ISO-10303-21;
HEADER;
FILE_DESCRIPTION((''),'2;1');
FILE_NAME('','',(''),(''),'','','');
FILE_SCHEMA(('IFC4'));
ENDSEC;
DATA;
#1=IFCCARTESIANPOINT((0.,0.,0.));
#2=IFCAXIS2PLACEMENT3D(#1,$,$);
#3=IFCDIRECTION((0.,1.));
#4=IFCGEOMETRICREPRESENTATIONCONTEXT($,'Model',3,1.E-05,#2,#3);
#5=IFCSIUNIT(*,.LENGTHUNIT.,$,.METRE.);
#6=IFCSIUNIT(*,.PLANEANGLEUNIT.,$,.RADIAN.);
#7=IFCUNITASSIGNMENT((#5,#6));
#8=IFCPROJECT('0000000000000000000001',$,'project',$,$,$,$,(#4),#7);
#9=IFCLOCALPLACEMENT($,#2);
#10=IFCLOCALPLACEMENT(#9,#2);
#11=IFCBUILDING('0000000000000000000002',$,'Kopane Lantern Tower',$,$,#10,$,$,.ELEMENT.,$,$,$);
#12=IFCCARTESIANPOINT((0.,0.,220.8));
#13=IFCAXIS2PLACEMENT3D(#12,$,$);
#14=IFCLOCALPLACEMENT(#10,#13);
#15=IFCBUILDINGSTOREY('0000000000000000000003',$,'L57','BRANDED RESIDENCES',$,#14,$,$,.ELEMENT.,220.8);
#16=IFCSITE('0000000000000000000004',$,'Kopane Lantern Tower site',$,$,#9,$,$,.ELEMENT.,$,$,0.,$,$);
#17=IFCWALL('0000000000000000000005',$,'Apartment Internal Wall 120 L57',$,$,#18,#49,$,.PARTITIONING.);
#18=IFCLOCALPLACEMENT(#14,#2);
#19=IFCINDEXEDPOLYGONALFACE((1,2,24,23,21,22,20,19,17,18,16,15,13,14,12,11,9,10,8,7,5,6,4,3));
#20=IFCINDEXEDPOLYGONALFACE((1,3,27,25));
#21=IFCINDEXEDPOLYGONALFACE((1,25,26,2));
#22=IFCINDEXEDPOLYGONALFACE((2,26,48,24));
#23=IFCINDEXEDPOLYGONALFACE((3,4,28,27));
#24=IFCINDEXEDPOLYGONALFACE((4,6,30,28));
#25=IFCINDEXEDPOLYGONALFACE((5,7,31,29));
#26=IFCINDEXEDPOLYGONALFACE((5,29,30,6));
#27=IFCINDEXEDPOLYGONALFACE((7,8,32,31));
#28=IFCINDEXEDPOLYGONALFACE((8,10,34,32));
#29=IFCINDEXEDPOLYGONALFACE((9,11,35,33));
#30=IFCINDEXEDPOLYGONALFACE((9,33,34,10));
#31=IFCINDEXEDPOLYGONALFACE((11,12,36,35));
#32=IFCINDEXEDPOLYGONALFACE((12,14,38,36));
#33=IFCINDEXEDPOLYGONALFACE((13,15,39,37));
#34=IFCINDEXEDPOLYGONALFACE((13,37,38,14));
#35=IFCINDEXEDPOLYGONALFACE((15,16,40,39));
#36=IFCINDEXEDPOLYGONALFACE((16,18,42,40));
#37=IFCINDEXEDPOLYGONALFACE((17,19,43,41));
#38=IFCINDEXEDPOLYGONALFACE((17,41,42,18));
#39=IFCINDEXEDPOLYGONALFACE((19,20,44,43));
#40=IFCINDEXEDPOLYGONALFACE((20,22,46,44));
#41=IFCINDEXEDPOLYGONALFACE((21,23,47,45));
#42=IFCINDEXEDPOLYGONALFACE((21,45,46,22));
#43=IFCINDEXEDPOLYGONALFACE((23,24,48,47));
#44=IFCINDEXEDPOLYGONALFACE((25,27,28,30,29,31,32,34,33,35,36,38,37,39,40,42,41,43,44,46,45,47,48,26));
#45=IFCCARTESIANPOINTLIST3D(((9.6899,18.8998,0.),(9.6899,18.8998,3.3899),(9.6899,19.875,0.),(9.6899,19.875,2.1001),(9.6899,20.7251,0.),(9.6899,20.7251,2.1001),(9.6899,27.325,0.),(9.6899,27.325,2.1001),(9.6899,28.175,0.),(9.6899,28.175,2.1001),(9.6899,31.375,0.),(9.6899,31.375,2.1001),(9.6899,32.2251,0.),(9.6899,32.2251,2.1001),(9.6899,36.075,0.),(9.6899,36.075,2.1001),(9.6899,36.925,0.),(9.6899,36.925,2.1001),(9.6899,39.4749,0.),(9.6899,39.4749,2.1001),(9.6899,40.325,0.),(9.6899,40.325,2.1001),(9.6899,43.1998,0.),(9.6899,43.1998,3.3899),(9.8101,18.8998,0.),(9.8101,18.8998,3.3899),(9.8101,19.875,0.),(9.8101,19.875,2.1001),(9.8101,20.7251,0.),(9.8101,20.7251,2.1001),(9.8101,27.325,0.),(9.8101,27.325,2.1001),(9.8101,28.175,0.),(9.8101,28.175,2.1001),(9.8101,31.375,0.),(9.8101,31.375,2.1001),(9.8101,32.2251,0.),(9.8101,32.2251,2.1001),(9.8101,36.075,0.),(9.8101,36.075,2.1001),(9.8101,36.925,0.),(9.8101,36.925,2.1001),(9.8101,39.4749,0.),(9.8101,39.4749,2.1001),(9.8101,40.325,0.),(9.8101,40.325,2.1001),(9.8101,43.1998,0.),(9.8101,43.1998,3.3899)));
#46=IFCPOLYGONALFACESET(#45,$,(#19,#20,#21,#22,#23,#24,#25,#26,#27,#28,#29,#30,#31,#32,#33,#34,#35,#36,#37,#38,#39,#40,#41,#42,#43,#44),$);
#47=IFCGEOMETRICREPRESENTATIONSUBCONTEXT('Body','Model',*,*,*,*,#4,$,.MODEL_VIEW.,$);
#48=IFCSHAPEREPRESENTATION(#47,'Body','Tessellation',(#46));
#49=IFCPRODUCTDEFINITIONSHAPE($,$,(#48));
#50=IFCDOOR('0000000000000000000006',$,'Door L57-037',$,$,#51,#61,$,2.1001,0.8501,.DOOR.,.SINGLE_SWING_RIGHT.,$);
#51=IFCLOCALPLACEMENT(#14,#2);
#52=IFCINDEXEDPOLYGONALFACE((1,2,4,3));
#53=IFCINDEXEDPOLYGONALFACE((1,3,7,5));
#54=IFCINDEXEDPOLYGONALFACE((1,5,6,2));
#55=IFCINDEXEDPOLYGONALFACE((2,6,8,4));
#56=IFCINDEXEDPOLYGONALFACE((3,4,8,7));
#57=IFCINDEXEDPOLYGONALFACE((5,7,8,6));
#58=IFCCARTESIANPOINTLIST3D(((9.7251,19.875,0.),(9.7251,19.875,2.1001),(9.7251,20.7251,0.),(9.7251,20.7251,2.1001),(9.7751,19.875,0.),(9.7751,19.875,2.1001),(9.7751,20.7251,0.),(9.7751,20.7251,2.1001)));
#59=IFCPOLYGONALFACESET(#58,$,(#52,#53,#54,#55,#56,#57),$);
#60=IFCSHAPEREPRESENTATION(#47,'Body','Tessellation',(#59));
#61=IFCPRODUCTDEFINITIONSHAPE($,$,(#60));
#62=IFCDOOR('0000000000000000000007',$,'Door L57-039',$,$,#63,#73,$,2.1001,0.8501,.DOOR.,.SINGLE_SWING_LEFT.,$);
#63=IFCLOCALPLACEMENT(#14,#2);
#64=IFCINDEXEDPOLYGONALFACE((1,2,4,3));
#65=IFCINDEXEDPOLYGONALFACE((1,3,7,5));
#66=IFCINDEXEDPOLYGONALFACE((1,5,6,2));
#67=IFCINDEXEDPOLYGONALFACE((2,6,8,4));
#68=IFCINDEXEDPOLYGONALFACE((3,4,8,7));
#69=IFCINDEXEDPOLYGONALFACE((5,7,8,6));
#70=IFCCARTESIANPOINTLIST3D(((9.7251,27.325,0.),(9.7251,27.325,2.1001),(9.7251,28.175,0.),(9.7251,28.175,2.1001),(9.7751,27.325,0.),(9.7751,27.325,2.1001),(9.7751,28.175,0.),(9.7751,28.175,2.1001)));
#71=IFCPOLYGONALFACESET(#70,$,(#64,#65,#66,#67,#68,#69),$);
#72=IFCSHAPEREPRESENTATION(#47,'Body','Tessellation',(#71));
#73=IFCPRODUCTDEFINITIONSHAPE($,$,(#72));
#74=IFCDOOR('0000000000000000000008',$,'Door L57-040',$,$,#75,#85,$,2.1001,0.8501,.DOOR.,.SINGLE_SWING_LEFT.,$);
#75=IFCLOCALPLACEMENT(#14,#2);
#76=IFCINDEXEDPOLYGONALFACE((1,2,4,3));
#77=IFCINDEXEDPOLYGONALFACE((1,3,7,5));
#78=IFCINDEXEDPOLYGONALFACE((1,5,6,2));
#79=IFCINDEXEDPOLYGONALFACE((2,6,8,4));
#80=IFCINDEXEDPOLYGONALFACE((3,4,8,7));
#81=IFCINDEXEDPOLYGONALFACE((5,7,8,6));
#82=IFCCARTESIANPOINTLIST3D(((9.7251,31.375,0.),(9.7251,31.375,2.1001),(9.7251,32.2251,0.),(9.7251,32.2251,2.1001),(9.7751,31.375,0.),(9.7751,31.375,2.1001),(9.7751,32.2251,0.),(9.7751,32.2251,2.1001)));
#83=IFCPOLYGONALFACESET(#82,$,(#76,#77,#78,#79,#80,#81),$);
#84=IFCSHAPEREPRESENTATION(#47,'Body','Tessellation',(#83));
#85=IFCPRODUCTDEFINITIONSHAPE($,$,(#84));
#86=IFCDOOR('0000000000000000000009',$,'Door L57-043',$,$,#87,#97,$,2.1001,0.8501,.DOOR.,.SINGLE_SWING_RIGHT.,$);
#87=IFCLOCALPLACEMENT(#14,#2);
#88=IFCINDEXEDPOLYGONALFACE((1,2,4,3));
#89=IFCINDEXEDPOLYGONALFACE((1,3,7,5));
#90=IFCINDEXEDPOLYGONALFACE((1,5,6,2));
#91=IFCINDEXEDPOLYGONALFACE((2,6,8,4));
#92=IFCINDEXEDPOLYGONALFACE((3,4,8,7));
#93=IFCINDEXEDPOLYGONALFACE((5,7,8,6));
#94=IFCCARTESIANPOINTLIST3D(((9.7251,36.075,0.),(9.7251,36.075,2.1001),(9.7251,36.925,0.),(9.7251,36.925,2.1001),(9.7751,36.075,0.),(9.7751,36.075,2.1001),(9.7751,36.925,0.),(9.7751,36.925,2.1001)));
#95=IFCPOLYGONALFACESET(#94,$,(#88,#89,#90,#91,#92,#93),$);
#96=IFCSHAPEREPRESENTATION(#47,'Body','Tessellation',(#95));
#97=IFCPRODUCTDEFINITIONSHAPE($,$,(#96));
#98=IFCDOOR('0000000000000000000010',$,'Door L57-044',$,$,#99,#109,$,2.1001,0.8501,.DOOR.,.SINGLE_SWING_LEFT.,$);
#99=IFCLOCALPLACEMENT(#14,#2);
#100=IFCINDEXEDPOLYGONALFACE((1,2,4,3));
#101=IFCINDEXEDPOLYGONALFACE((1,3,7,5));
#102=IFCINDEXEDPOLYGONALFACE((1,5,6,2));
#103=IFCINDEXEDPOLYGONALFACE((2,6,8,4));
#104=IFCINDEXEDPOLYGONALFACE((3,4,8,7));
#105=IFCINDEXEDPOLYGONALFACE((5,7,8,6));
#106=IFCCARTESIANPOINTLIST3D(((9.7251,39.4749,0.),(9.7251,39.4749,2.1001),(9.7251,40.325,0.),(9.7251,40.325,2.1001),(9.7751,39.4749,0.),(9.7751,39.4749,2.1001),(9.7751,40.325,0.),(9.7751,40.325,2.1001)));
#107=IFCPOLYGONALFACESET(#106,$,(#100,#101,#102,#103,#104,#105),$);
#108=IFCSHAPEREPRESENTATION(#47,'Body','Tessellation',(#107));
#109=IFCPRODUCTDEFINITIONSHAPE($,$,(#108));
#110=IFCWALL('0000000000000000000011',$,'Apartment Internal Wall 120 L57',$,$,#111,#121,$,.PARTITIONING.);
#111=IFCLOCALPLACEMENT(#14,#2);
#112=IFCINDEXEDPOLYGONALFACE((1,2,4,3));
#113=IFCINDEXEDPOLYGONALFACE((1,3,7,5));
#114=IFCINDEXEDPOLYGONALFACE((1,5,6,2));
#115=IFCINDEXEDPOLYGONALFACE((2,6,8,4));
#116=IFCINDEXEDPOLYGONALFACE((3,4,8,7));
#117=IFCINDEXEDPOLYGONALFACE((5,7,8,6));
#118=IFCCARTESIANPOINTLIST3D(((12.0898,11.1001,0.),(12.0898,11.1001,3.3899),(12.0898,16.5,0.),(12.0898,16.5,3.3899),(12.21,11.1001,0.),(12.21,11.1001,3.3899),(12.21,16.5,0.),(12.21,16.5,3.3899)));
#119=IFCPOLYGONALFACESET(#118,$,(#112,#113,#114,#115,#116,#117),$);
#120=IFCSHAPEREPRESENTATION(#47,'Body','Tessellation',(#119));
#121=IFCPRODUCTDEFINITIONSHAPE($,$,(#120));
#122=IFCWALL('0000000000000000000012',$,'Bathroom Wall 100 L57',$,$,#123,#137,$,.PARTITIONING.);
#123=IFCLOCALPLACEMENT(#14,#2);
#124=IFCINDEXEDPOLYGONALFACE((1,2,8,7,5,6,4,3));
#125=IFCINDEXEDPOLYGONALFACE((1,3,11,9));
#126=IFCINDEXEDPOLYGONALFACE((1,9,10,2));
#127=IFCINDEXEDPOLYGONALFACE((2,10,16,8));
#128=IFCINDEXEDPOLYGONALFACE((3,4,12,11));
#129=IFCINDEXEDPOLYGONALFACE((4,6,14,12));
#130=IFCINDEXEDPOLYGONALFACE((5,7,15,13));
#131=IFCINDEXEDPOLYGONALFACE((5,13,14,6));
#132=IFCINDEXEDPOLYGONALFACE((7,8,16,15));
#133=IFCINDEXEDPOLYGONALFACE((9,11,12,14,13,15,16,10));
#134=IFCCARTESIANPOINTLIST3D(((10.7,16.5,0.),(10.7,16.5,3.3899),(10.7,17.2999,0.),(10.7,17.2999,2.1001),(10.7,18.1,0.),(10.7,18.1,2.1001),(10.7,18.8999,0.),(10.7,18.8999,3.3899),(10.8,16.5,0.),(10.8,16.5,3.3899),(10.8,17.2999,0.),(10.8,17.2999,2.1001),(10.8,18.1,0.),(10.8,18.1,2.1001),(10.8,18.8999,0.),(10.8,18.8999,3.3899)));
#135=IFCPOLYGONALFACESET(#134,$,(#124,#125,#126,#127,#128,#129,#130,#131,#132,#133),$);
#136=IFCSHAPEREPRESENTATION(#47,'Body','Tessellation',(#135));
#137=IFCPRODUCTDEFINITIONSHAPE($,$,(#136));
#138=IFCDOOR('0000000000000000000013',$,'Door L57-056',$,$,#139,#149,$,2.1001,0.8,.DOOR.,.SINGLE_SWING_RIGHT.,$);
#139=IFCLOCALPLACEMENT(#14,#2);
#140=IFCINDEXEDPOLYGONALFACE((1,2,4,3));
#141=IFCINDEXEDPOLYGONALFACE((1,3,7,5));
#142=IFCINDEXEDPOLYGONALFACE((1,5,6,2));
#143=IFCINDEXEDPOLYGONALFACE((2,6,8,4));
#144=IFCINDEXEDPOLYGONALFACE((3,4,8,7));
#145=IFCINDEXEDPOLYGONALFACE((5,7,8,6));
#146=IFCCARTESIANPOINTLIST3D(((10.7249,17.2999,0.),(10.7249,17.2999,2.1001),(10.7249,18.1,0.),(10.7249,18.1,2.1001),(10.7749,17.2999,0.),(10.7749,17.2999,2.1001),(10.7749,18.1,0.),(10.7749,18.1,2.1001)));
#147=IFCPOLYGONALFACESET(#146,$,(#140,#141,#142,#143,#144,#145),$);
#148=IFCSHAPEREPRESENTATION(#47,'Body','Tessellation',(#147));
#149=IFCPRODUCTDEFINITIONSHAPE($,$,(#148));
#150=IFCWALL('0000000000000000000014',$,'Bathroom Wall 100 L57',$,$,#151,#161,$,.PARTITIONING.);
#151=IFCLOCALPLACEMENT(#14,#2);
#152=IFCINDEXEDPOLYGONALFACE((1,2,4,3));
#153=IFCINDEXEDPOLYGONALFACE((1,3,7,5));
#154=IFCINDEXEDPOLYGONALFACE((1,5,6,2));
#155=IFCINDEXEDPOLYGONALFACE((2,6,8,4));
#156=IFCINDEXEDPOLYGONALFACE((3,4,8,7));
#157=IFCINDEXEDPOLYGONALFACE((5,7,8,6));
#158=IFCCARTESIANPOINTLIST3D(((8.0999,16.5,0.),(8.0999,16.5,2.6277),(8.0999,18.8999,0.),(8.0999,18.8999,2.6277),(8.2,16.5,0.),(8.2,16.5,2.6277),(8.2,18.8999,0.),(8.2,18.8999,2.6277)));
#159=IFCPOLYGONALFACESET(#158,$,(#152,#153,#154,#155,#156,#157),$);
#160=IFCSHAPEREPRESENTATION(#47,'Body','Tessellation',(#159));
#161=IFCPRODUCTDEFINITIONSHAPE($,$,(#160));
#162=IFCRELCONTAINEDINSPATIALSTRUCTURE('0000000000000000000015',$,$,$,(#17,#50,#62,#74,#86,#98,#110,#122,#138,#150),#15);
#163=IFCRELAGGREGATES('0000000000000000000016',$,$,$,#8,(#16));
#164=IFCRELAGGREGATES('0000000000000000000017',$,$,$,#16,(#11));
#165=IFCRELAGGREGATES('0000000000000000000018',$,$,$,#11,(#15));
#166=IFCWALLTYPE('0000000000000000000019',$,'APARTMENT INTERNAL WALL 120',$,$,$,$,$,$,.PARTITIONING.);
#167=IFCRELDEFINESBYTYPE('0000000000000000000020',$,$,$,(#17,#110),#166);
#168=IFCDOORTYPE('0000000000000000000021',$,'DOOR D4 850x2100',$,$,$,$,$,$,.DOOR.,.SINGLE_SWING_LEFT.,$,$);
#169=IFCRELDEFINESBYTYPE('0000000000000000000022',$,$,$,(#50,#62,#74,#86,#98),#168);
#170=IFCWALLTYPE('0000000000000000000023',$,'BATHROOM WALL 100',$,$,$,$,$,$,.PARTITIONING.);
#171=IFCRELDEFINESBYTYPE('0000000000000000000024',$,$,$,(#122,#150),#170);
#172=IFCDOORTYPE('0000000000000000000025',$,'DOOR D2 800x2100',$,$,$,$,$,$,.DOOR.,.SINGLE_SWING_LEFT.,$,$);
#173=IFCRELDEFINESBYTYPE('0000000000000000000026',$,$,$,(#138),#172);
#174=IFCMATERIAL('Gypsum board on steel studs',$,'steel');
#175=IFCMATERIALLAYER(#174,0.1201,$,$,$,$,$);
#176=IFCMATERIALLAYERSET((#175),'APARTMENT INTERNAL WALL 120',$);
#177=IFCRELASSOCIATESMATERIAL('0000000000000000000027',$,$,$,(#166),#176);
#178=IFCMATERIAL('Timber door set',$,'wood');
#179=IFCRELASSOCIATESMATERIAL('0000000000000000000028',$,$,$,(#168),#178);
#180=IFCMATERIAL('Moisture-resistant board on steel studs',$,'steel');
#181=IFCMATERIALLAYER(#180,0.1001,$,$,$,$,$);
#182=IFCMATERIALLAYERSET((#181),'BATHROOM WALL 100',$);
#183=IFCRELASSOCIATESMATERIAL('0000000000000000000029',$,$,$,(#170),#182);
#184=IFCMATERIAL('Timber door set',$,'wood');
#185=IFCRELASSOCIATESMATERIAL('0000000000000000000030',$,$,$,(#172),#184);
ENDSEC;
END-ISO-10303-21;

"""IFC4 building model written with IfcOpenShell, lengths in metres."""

from ifc_helpers import new_model, si_unit, direction, frame, frame_2d, origin, place, context, subcontext, project, spatial, rectangle, extrude, material, layer, layer_set, type_object, element, fill, save


model = new_model("IFC4")

# Units and contexts
model_context = context("Model", 3, precision=1e-05, world=origin(), true_north=direction((0.0, 1.0)))
body_context = subcontext(model_context, "Body", "Model", "MODEL_VIEW")
ifc_project = project(units=[si_unit("LENGTHUNIT", "METRE"), si_unit("PLANEANGLEUNIT", "RADIAN")], contexts=[model_context])

# Site, building, storey
site_placement = place(None, origin())
site = spatial("IfcSite", under=ifc_project, at=site_placement, Name="Kopane Lantern Tower site", CompositionType="ELEMENT", RefElevation=0.0)
building_placement = place(site_placement, origin())
building = spatial("IfcBuilding", under=site, at=building_placement, Name="Kopane Lantern Tower", CompositionType="ELEMENT")
storey_placement = place(building_placement, frame((0.0, 0.0, 220.8)))
storey = spatial("IfcBuildingStorey", under=building, at=storey_placement, Name="L57", Description="BRANDED RESIDENCES", CompositionType="ELEMENT", Elevation=220.8)

# Wall, openings, doors
ifc_material_1 = material(Name="Gypsum board on steel studs", Category="steel")
ifc_layer_1 = layer(ifc_material_1, 0.1201)
ifc_layer_set_1 = layer_set([ifc_layer_1], Name="APARTMENT INTERNAL WALL 120")
wall_type_1 = type_object("IfcWallType", Name="APARTMENT INTERNAL WALL 120", PredefinedType="PARTITIONING", material=ifc_layer_set_1)
wall_1_placement = place(storey_placement, frame((9.75, 18.8999, 0.0), z_axis=(0.0, 0.0, 1.0), x_axis=(0.0, 1.0, 0.0)))
wall_1 = element("IfcWall", 1, at=wall_1_placement, inside=storey, type_object=wall_type_1, Name="Apartment Internal Wall 120 L57", PredefinedType="PARTITIONING", context=body_context, shape_type="SweptSolid", body=[
    extrude(rectangle(XDim=24.3, YDim=0.1201, at=frame_2d((12.1499, 0.0))), origin(), (0.0, 0.0, 1.0), 3.3899),
])
opening_1_placement = place(wall_1_placement, frame((0.9751, 0.0, 0.0)))
opening_1 = element("IfcOpeningElement", 2, at=opening_1_placement, cuts=wall_1, PredefinedType="OPENING", context=body_context, shape_type="SweptSolid", body=[
    extrude(rectangle(XDim=0.8501, YDim=2.1001, at=frame_2d((0.425, 1.05))), frame((0.0, 0.0701, 0.0), z_axis=(0.0, -1.0, 0.0), x_axis=(1.0, 0.0, 0.0)), (0.0, 0.0, 1.0), 0.1401),
])
opening_2_placement = place(wall_1_placement, frame((8.425, 0.0, 0.0)))
opening_2 = element("IfcOpeningElement", 3, at=opening_2_placement, cuts=wall_1, PredefinedType="OPENING", context=body_context, shape_type="SweptSolid", body=[
    extrude(rectangle(XDim=0.8501, YDim=2.1001, at=frame_2d((0.425, 1.05))), frame((0.0, 0.0701, 0.0), z_axis=(0.0, -1.0, 0.0), x_axis=(1.0, 0.0, 0.0)), (0.0, 0.0, 1.0), 0.1401),
])
opening_3_placement = place(wall_1_placement, frame((12.4751, 0.0, 0.0)))
opening_3 = element("IfcOpeningElement", 4, at=opening_3_placement, cuts=wall_1, PredefinedType="OPENING", context=body_context, shape_type="SweptSolid", body=[
    extrude(rectangle(XDim=0.8501, YDim=2.1001, at=frame_2d((0.425, 1.05))), frame((0.0, 0.0701, 0.0), z_axis=(0.0, -1.0, 0.0), x_axis=(1.0, 0.0, 0.0)), (0.0, 0.0, 1.0), 0.1401),
])
opening_4_placement = place(wall_1_placement, frame((17.175, 0.0, 0.0)))
opening_4 = element("IfcOpeningElement", 5, at=opening_4_placement, cuts=wall_1, PredefinedType="OPENING", context=body_context, shape_type="SweptSolid", body=[
    extrude(rectangle(XDim=0.8501, YDim=2.1001, at=frame_2d((0.425, 1.05))), frame((0.0, 0.0701, 0.0), z_axis=(0.0, -1.0, 0.0), x_axis=(1.0, 0.0, 0.0)), (0.0, 0.0, 1.0), 0.1401),
])
opening_5_placement = place(wall_1_placement, frame((20.575, 0.0, 0.0)))
opening_5 = element("IfcOpeningElement", 6, at=opening_5_placement, cuts=wall_1, PredefinedType="OPENING", context=body_context, shape_type="SweptSolid", body=[
    extrude(rectangle(XDim=0.8501, YDim=2.1001, at=frame_2d((0.425, 1.05))), frame((0.0, 0.0701, 0.0), z_axis=(0.0, -1.0, 0.0), x_axis=(1.0, 0.0, 0.0)), (0.0, 0.0, 1.0), 0.1401),
])
ifc_material_2 = material(Name="Timber door set", Category="wood")
door_type_1 = type_object("IfcDoorType", Name="DOOR D4 850x2100", OperationType="SINGLE_SWING_LEFT", PredefinedType="DOOR", material=ifc_material_2)
door_1_placement = place(opening_1_placement, origin())
door_1 = element("IfcDoor", 7, at=door_1_placement, inside=storey, type_object=door_type_1, Name="Door L57-037", OperationType="SINGLE_SWING_RIGHT", OverallHeight=2.1001, OverallWidth=0.8501, PredefinedType="DOOR", context=body_context, shape_type="SweptSolid", body=[
    extrude(rectangle(XDim=0.8501, YDim=2.1001, at=frame_2d((0.425, 1.05))), frame((0.0, 0.0249, 0.0), z_axis=(0.0, -1.0, 0.0), x_axis=(1.0, 0.0, 0.0)), (0.0, 0.0, 1.0), 0.05),
])
fill(opening_1, door_1)
door_2_placement = place(opening_2_placement, origin())
door_2 = element("IfcDoor", 8, at=door_2_placement, inside=storey, type_object=door_type_1, Name="Door L57-039", OperationType="SINGLE_SWING_LEFT", OverallHeight=2.1001, OverallWidth=0.8501, PredefinedType="DOOR", context=body_context, shape_type="SweptSolid", body=[
    extrude(rectangle(XDim=0.8501, YDim=2.1001, at=frame_2d((0.425, 1.05))), frame((0.0, 0.0249, 0.0), z_axis=(0.0, -1.0, 0.0), x_axis=(1.0, 0.0, 0.0)), (0.0, 0.0, 1.0), 0.05),
])
fill(opening_2, door_2)
door_3_placement = place(opening_3_placement, origin())
door_3 = element("IfcDoor", 9, at=door_3_placement, inside=storey, type_object=door_type_1, Name="Door L57-040", OperationType="SINGLE_SWING_LEFT", OverallHeight=2.1001, OverallWidth=0.8501, PredefinedType="DOOR", context=body_context, shape_type="SweptSolid", body=[
    extrude(rectangle(XDim=0.8501, YDim=2.1001, at=frame_2d((0.425, 1.05))), frame((0.0, 0.0249, 0.0), z_axis=(0.0, -1.0, 0.0), x_axis=(1.0, 0.0, 0.0)), (0.0, 0.0, 1.0), 0.05),
])
fill(opening_3, door_3)
door_4_placement = place(opening_4_placement, origin())
door_4 = element("IfcDoor", 10, at=door_4_placement, inside=storey, type_object=door_type_1, Name="Door L57-043", OperationType="SINGLE_SWING_RIGHT", OverallHeight=2.1001, OverallWidth=0.8501, PredefinedType="DOOR", context=body_context, shape_type="SweptSolid", body=[
    extrude(rectangle(XDim=0.8501, YDim=2.1001, at=frame_2d((0.425, 1.05))), frame((0.0, 0.0249, 0.0), z_axis=(0.0, -1.0, 0.0), x_axis=(1.0, 0.0, 0.0)), (0.0, 0.0, 1.0), 0.05),
])
fill(opening_4, door_4)
door_5_placement = place(opening_5_placement, origin())
door_5 = element("IfcDoor", 11, at=door_5_placement, inside=storey, type_object=door_type_1, Name="Door L57-044", OperationType="SINGLE_SWING_LEFT", OverallHeight=2.1001, OverallWidth=0.8501, PredefinedType="DOOR", context=body_context, shape_type="SweptSolid", body=[
    extrude(rectangle(XDim=0.8501, YDim=2.1001, at=frame_2d((0.425, 1.05))), frame((0.0, 0.0249, 0.0), z_axis=(0.0, -1.0, 0.0), x_axis=(1.0, 0.0, 0.0)), (0.0, 0.0, 1.0), 0.05),
])
fill(opening_5, door_5)

# Wall
wall_2_placement = place(storey_placement, frame((12.1499, 16.5, 0.0), z_axis=(0.0, 0.0, 1.0), x_axis=(0.0, -1.0, 0.0)))
element("IfcWall", 12, at=wall_2_placement, inside=storey, type_object=wall_type_1, Name="Apartment Internal Wall 120 L57", PredefinedType="PARTITIONING", context=body_context, shape_type="SweptSolid", body=[
    extrude(rectangle(XDim=5.3999, YDim=0.1201, at=frame_2d((2.7, 0.0))), origin(), (0.0, 0.0, 1.0), 3.3899),
])

# Wall, opening, door
ifc_material_3 = material(Name="Moisture-resistant board on steel studs", Category="steel")
ifc_layer_2 = layer(ifc_material_3, 0.1001)
ifc_layer_set_2 = layer_set([ifc_layer_2], Name="BATHROOM WALL 100")
wall_type_2 = type_object("IfcWallType", Name="BATHROOM WALL 100", PredefinedType="PARTITIONING", material=ifc_layer_set_2)
wall_3_placement = place(storey_placement, frame((10.75, 18.8999, 0.0), z_axis=(0.0, 0.0, 1.0), x_axis=(0.0, -1.0, 0.0)))
wall_3 = element("IfcWall", 13, at=wall_3_placement, inside=storey, type_object=wall_type_2, Name="Bathroom Wall 100 L57", PredefinedType="PARTITIONING", context=body_context, shape_type="SweptSolid", body=[
    extrude(rectangle(XDim=2.3999, YDim=0.1001, at=frame_2d((1.2, 0.0))), origin(), (0.0, 0.0, 1.0), 3.3899),
])
opening_6_placement = place(wall_3_placement, frame((0.8, 0.0, 0.0)))
opening_6 = element("IfcOpeningElement", 14, at=opening_6_placement, cuts=wall_3, PredefinedType="OPENING", context=body_context, shape_type="SweptSolid", body=[
    extrude(rectangle(XDim=0.8, YDim=2.1001, at=frame_2d((0.3999, 1.05))), frame((0.0, 0.0601, 0.0), z_axis=(0.0, -1.0, 0.0), x_axis=(1.0, 0.0, 0.0)), (0.0, 0.0, 1.0), 0.1201),
])
ifc_material_4 = material(Name="Timber door set", Category="wood")
door_type_2 = type_object("IfcDoorType", Name="DOOR D2 800x2100", OperationType="SINGLE_SWING_LEFT", PredefinedType="DOOR", material=ifc_material_4)
door_6_placement = place(opening_6_placement, origin())
door_6 = element("IfcDoor", 15, at=door_6_placement, inside=storey, type_object=door_type_2, Name="Door L57-056", OperationType="SINGLE_SWING_RIGHT", OverallHeight=2.1001, OverallWidth=0.8, PredefinedType="DOOR", context=body_context, shape_type="SweptSolid", body=[
    extrude(rectangle(XDim=0.8, YDim=2.1001, at=frame_2d((0.3999, 1.05))), frame((0.0, 0.0249, 0.0), z_axis=(0.0, -1.0, 0.0), x_axis=(1.0, 0.0, 0.0)), (0.0, 0.0, 1.0), 0.05),
])
fill(opening_6, door_6)

# Wall
wall_4_placement = place(storey_placement, frame((8.1499, 18.8999, 0.0), z_axis=(0.0, 0.0, 1.0), x_axis=(0.0, -1.0, 0.0)))
element("IfcWall", 16, at=wall_4_placement, inside=storey, type_object=wall_type_2, Name="Bathroom Wall 100 L57", PredefinedType="PARTITIONING", context=body_context, shape_type="SweptSolid", body=[
    extrude(rectangle(XDim=2.3999, YDim=0.1001, at=frame_2d((1.2, 0.0))), origin(), (0.0, 0.0, 1.0), 2.6277),
])

save(model, "model.ifc")
